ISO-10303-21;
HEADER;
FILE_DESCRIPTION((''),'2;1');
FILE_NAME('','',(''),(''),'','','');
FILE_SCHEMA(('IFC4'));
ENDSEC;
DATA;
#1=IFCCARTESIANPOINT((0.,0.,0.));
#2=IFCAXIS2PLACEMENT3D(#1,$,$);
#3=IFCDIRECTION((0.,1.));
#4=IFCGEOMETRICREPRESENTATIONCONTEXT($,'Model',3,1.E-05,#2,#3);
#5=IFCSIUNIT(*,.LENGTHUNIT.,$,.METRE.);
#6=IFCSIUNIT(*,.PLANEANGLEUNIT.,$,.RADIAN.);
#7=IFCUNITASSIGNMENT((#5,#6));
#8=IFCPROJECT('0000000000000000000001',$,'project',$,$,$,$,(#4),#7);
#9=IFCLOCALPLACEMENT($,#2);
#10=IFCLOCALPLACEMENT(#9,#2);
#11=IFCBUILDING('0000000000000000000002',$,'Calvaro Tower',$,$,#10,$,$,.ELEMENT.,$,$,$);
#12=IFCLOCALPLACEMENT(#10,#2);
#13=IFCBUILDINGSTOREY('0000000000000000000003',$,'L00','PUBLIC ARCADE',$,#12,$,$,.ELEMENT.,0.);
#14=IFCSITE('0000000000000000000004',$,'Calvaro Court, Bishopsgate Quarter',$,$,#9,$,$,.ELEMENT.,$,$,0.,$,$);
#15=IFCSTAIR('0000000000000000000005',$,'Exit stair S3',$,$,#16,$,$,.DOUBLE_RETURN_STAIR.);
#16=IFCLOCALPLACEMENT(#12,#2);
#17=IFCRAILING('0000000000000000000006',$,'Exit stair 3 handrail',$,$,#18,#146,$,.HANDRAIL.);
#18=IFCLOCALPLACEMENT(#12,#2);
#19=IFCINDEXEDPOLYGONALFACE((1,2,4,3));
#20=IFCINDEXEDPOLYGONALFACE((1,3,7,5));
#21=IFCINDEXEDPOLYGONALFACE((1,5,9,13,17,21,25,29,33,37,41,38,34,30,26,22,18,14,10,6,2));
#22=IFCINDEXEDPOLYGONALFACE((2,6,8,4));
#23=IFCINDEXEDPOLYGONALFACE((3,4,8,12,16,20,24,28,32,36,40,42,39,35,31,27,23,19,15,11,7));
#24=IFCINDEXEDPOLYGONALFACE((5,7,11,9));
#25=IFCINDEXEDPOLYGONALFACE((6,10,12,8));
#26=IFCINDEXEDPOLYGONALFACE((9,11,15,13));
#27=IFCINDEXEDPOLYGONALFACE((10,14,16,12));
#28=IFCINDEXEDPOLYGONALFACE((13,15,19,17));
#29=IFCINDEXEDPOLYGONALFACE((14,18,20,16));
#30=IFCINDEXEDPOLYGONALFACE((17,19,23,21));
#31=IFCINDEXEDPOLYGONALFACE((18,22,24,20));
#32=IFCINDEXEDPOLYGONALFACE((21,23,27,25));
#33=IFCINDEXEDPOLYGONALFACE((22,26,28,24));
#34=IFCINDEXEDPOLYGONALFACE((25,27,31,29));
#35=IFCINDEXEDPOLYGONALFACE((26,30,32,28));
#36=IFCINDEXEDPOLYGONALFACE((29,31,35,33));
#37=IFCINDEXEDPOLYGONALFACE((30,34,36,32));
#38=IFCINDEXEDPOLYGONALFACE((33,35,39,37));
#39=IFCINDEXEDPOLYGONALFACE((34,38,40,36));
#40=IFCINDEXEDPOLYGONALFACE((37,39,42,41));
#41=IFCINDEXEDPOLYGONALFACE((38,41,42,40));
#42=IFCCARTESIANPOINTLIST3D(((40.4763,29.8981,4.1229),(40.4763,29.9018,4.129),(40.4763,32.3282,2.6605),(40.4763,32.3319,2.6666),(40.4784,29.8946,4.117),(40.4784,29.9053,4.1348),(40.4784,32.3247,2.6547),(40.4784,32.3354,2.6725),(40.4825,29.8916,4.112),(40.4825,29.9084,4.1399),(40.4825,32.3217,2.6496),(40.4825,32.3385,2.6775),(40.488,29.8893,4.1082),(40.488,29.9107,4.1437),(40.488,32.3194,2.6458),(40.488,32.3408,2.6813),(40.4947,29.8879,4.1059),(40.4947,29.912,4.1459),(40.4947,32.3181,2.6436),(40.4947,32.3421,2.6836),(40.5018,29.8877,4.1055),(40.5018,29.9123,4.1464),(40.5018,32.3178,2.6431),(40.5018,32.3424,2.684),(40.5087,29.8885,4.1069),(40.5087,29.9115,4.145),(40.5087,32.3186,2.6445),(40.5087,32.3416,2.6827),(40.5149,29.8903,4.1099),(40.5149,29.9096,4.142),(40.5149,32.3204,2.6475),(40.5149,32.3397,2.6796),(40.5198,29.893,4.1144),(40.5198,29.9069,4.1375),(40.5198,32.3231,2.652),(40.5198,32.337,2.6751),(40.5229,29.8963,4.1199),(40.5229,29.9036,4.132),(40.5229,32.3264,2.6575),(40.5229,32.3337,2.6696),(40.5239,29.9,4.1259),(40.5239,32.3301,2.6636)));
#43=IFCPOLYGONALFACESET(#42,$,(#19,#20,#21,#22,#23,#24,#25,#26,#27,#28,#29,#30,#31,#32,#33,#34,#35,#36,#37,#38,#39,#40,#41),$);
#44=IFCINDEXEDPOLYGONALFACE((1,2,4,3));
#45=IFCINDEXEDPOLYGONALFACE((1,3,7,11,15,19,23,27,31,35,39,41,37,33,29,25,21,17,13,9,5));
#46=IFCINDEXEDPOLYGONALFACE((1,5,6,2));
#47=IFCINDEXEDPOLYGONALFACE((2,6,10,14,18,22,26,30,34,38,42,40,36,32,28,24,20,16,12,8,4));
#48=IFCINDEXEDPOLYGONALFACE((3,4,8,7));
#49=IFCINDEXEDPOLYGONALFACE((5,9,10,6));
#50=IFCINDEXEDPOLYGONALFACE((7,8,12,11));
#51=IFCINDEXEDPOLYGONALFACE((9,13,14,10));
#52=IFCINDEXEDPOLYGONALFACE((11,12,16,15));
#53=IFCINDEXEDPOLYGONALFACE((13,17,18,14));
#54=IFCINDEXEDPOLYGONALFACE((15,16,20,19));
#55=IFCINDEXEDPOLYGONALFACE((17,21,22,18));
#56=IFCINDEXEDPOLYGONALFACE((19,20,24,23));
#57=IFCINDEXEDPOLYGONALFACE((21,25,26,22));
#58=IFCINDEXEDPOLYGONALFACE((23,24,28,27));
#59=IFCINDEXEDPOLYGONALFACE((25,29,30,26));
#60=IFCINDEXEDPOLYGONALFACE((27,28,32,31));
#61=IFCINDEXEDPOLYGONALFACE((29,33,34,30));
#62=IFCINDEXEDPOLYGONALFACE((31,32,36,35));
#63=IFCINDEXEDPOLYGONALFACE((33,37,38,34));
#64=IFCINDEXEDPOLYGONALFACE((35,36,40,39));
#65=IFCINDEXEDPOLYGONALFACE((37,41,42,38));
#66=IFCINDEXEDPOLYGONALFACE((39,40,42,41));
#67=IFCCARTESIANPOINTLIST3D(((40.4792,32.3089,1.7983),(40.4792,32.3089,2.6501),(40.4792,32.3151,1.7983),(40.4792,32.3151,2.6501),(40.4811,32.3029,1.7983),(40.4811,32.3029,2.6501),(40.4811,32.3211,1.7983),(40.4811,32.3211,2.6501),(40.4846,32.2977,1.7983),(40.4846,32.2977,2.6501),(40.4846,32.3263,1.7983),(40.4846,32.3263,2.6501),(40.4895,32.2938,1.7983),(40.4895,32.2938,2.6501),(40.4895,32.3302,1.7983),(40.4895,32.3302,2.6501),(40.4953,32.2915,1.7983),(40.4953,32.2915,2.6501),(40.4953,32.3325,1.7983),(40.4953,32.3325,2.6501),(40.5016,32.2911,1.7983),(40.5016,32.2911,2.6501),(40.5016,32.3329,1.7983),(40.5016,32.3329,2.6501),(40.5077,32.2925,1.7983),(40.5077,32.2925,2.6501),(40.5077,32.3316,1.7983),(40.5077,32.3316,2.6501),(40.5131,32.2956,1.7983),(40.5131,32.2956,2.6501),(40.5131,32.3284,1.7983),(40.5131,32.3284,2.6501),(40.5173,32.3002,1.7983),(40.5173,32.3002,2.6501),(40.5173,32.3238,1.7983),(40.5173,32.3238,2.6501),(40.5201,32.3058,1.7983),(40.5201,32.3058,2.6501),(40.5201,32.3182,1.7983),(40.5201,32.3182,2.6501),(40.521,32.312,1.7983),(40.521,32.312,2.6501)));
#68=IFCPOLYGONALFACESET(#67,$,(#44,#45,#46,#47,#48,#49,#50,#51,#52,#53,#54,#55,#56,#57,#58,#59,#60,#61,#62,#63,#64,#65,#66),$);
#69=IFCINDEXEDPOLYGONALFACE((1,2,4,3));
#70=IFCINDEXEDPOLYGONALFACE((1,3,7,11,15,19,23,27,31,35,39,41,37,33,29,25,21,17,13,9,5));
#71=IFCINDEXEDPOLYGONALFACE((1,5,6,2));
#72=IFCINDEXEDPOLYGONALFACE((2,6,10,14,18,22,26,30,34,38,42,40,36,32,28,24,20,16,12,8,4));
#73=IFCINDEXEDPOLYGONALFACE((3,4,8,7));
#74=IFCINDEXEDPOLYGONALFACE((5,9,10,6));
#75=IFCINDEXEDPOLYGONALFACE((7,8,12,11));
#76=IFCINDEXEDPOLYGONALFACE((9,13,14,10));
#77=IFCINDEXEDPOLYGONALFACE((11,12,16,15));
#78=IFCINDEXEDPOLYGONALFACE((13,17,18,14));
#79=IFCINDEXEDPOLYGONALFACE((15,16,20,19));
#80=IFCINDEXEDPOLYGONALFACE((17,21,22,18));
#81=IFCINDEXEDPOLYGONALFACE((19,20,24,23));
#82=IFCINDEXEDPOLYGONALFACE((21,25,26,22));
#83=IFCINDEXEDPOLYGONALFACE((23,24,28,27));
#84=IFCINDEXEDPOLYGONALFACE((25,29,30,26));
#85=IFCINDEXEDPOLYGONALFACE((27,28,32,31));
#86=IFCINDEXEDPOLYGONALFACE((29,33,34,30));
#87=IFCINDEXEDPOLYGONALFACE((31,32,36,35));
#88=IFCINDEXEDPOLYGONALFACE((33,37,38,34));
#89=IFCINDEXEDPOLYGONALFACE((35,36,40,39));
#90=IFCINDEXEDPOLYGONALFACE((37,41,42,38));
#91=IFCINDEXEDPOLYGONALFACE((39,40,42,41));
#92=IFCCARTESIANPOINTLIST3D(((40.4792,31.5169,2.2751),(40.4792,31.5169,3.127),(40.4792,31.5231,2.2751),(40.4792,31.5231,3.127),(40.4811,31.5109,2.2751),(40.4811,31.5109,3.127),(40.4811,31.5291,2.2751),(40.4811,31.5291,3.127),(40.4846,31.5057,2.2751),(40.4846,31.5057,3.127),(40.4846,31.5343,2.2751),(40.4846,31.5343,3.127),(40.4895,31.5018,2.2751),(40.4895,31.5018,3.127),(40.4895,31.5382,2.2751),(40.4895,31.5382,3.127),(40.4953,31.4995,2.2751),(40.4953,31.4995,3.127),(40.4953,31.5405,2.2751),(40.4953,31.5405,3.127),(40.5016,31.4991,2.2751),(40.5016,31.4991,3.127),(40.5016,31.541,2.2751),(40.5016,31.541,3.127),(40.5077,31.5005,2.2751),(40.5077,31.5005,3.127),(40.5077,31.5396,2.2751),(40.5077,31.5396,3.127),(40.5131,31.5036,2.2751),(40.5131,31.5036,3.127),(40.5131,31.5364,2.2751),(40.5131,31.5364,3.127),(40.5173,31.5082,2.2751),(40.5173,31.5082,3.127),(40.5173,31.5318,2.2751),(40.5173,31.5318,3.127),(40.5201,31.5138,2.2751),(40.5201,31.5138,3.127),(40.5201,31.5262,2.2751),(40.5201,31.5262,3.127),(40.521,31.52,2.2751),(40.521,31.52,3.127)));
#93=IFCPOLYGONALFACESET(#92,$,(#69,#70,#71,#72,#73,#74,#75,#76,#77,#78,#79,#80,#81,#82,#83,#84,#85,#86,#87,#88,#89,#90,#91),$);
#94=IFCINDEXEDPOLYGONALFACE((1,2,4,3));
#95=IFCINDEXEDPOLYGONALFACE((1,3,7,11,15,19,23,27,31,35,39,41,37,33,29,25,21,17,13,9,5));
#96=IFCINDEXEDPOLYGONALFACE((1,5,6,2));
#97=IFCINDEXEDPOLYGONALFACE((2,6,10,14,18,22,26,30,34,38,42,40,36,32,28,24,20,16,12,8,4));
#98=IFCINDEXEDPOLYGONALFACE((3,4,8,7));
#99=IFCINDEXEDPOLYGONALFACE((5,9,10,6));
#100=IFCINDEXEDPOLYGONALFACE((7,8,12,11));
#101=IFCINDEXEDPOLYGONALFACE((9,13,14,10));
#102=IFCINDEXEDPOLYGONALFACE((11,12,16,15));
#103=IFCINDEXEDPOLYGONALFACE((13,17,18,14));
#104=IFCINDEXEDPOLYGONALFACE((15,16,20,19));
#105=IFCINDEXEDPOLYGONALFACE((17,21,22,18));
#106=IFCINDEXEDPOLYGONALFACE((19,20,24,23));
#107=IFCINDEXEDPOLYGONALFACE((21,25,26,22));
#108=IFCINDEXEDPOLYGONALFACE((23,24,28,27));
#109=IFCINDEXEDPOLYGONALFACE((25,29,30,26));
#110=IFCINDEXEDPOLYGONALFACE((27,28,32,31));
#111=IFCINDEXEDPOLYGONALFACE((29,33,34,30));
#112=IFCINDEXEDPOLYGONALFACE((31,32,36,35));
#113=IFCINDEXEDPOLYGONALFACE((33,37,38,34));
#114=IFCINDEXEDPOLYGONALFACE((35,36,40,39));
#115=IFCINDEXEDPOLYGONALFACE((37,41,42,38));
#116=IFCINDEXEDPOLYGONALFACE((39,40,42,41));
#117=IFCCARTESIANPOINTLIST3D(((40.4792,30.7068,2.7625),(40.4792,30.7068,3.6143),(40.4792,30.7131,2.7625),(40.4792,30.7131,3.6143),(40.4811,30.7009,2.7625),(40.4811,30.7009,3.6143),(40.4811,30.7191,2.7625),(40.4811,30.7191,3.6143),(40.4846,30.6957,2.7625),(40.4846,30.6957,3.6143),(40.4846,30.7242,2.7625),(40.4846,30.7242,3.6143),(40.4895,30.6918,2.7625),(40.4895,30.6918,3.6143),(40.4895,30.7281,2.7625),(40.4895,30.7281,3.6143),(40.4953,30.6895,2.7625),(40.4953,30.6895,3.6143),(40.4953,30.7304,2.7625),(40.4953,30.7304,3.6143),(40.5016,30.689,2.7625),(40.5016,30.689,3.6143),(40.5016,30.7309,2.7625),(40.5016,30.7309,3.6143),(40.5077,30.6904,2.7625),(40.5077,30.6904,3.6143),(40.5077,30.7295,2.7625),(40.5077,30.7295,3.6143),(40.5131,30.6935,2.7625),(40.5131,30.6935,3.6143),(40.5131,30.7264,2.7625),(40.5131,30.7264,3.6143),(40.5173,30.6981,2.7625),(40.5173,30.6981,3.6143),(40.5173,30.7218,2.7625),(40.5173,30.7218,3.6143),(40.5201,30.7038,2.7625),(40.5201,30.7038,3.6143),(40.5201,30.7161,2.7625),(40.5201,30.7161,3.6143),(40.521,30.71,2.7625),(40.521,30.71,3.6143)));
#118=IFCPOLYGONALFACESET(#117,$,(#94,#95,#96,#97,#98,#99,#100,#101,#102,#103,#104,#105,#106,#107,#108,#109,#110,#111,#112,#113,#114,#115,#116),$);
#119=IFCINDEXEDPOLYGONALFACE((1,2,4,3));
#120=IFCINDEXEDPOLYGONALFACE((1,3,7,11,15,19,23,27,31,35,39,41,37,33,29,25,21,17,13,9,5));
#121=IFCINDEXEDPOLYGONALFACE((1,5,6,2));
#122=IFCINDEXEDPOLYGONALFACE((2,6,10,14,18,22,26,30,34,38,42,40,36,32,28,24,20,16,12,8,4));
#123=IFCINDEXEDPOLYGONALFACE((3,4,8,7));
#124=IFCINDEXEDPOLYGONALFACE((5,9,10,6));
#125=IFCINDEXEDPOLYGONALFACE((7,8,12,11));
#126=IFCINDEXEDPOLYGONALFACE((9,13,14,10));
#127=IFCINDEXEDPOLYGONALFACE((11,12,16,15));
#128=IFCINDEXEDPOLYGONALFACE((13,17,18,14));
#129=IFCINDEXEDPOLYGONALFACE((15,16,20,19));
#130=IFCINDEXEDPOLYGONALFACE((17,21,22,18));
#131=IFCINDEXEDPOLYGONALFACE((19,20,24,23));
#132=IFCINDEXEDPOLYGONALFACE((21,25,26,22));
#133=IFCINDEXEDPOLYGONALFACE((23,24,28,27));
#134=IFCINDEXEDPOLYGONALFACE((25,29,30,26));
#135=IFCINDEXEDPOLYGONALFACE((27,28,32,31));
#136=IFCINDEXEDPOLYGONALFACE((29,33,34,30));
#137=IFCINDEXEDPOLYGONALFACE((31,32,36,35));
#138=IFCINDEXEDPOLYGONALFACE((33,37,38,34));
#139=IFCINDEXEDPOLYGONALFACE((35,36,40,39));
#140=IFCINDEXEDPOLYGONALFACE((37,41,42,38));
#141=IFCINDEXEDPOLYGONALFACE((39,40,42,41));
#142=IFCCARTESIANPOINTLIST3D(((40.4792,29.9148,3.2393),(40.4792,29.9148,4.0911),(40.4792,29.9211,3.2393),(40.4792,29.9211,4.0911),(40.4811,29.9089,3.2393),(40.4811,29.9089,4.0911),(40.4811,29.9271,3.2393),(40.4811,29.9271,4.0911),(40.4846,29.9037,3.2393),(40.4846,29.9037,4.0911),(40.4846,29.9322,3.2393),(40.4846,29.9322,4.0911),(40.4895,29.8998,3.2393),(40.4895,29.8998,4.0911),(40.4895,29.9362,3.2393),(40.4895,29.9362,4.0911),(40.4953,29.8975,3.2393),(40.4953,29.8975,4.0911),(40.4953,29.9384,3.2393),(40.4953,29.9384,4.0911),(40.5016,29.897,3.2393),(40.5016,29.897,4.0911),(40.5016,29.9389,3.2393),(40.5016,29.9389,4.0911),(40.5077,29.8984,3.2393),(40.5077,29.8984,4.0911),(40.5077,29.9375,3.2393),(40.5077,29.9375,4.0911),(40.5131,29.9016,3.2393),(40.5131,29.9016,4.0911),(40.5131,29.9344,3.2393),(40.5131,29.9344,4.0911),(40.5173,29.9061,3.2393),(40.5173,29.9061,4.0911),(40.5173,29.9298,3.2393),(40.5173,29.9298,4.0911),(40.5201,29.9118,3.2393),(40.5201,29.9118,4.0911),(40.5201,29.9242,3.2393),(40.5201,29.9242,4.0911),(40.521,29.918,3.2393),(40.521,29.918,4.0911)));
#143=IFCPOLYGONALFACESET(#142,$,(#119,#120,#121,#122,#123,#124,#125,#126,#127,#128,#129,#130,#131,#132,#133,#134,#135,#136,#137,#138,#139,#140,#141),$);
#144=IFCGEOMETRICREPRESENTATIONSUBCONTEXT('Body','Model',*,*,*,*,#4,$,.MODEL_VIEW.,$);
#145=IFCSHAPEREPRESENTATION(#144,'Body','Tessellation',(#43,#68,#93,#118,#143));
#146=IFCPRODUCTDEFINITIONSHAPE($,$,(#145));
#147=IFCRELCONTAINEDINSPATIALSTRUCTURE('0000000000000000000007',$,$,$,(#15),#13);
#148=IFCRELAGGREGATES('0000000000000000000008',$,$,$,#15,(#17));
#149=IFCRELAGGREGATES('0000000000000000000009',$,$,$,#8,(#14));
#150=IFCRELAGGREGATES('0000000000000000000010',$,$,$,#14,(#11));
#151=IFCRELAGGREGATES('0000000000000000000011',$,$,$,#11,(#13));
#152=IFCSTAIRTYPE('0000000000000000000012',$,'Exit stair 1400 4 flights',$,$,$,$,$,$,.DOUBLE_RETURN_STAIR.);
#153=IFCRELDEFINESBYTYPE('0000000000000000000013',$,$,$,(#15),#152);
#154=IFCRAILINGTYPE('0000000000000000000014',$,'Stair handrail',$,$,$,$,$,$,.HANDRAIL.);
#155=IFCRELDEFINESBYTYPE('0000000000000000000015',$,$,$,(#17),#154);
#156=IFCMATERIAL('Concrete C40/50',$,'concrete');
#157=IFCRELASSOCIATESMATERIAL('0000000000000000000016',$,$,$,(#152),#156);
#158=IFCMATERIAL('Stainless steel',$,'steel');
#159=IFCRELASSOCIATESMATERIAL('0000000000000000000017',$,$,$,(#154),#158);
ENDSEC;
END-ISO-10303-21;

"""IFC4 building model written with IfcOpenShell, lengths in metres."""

from ifc_helpers import new_model, si_unit, direction, frame, origin, origin_2d, place, context, subcontext, project, spatial, circle, extrude, material, type_object, element, aggregate, save


model = new_model("IFC4")

# Units and contexts
model_context = context("Model", 3, precision=1e-05, world=origin(), true_north=direction((0.0, 1.0)))
body_context = subcontext(model_context, "Body", "Model", "MODEL_VIEW")
ifc_project = project(units=[si_unit("LENGTHUNIT", "METRE"), si_unit("PLANEANGLEUNIT", "RADIAN")], contexts=[model_context])

# Site, building, storey
site_placement = place(None, origin())
site = spatial("IfcSite", under=ifc_project, at=site_placement, Name="Calvaro Court, Bishopsgate Quarter", CompositionType="ELEMENT", RefElevation=0.0)
building_placement = place(site_placement, origin())
building = spatial("IfcBuilding", under=site, at=building_placement, Name="Calvaro Tower", CompositionType="ELEMENT")
storey_placement = place(building_placement, origin())
storey = spatial("IfcBuildingStorey", under=building, at=storey_placement, Name="L00", Description="PUBLIC ARCADE", CompositionType="ELEMENT", Elevation=0.0)

# Stair
ifc_material_1 = material(Name="Concrete C40/50", Category="concrete")
stair_type = type_object("IfcStairType", Name="Exit stair 1400 4 flights", PredefinedType="DOUBLE_RETURN_STAIR", material=ifc_material_1)
stair_1_placement = place(storey_placement, origin())
stair_1 = element("IfcStair", 1, at=stair_1_placement, inside=storey, type_object=stair_type, Name="Exit stair S3", PredefinedType="DOUBLE_RETURN_STAIR")

# Railing
ifc_material_2 = material(Name="Stainless steel", Category="steel")
railing_type = type_object("IfcRailingType", Name="Stair handrail", PredefinedType="HANDRAIL", material=ifc_material_2)
railing_1_placement = place(storey_placement, frame((40.5, 32.3301, 1.7876)))
railing_1 = element("IfcRailing", 2, at=railing_1_placement, type_object=railing_type, Name="Exit stair 3 handrail", PredefinedType="HANDRAIL", context=body_context, shape_type="SweptSolid", body=[
    extrude(circle(Radius=0.0239, at=origin_2d()), frame((0.0, 0.0, 0.876), z_axis=(0.0, -0.856824, 0.515609), x_axis=(1.0, 0.0, 0.0)), (0.0, 0.0, 1.0), 2.8362),
    extrude(circle(Radius=0.021, at=origin_2d()), frame((0.0, -0.0181, 0.0107)), (0.0, 0.0, 1.0), 0.8518),
    extrude(circle(Radius=0.021, at=origin_2d()), frame((0.0, -0.8101, 0.4875)), (0.0, 0.0, 1.0), 0.8518),
    extrude(circle(Radius=0.021, at=origin_2d()), frame((0.0, -1.6201, 0.9749)), (0.0, 0.0, 1.0), 0.8518),
    extrude(circle(Radius=0.021, at=origin_2d()), frame((0.0, -2.4121, 1.4517)), (0.0, 0.0, 1.0), 0.8518),
])
aggregate(stair_1, [railing_1])

save(model, "model.ifc")
